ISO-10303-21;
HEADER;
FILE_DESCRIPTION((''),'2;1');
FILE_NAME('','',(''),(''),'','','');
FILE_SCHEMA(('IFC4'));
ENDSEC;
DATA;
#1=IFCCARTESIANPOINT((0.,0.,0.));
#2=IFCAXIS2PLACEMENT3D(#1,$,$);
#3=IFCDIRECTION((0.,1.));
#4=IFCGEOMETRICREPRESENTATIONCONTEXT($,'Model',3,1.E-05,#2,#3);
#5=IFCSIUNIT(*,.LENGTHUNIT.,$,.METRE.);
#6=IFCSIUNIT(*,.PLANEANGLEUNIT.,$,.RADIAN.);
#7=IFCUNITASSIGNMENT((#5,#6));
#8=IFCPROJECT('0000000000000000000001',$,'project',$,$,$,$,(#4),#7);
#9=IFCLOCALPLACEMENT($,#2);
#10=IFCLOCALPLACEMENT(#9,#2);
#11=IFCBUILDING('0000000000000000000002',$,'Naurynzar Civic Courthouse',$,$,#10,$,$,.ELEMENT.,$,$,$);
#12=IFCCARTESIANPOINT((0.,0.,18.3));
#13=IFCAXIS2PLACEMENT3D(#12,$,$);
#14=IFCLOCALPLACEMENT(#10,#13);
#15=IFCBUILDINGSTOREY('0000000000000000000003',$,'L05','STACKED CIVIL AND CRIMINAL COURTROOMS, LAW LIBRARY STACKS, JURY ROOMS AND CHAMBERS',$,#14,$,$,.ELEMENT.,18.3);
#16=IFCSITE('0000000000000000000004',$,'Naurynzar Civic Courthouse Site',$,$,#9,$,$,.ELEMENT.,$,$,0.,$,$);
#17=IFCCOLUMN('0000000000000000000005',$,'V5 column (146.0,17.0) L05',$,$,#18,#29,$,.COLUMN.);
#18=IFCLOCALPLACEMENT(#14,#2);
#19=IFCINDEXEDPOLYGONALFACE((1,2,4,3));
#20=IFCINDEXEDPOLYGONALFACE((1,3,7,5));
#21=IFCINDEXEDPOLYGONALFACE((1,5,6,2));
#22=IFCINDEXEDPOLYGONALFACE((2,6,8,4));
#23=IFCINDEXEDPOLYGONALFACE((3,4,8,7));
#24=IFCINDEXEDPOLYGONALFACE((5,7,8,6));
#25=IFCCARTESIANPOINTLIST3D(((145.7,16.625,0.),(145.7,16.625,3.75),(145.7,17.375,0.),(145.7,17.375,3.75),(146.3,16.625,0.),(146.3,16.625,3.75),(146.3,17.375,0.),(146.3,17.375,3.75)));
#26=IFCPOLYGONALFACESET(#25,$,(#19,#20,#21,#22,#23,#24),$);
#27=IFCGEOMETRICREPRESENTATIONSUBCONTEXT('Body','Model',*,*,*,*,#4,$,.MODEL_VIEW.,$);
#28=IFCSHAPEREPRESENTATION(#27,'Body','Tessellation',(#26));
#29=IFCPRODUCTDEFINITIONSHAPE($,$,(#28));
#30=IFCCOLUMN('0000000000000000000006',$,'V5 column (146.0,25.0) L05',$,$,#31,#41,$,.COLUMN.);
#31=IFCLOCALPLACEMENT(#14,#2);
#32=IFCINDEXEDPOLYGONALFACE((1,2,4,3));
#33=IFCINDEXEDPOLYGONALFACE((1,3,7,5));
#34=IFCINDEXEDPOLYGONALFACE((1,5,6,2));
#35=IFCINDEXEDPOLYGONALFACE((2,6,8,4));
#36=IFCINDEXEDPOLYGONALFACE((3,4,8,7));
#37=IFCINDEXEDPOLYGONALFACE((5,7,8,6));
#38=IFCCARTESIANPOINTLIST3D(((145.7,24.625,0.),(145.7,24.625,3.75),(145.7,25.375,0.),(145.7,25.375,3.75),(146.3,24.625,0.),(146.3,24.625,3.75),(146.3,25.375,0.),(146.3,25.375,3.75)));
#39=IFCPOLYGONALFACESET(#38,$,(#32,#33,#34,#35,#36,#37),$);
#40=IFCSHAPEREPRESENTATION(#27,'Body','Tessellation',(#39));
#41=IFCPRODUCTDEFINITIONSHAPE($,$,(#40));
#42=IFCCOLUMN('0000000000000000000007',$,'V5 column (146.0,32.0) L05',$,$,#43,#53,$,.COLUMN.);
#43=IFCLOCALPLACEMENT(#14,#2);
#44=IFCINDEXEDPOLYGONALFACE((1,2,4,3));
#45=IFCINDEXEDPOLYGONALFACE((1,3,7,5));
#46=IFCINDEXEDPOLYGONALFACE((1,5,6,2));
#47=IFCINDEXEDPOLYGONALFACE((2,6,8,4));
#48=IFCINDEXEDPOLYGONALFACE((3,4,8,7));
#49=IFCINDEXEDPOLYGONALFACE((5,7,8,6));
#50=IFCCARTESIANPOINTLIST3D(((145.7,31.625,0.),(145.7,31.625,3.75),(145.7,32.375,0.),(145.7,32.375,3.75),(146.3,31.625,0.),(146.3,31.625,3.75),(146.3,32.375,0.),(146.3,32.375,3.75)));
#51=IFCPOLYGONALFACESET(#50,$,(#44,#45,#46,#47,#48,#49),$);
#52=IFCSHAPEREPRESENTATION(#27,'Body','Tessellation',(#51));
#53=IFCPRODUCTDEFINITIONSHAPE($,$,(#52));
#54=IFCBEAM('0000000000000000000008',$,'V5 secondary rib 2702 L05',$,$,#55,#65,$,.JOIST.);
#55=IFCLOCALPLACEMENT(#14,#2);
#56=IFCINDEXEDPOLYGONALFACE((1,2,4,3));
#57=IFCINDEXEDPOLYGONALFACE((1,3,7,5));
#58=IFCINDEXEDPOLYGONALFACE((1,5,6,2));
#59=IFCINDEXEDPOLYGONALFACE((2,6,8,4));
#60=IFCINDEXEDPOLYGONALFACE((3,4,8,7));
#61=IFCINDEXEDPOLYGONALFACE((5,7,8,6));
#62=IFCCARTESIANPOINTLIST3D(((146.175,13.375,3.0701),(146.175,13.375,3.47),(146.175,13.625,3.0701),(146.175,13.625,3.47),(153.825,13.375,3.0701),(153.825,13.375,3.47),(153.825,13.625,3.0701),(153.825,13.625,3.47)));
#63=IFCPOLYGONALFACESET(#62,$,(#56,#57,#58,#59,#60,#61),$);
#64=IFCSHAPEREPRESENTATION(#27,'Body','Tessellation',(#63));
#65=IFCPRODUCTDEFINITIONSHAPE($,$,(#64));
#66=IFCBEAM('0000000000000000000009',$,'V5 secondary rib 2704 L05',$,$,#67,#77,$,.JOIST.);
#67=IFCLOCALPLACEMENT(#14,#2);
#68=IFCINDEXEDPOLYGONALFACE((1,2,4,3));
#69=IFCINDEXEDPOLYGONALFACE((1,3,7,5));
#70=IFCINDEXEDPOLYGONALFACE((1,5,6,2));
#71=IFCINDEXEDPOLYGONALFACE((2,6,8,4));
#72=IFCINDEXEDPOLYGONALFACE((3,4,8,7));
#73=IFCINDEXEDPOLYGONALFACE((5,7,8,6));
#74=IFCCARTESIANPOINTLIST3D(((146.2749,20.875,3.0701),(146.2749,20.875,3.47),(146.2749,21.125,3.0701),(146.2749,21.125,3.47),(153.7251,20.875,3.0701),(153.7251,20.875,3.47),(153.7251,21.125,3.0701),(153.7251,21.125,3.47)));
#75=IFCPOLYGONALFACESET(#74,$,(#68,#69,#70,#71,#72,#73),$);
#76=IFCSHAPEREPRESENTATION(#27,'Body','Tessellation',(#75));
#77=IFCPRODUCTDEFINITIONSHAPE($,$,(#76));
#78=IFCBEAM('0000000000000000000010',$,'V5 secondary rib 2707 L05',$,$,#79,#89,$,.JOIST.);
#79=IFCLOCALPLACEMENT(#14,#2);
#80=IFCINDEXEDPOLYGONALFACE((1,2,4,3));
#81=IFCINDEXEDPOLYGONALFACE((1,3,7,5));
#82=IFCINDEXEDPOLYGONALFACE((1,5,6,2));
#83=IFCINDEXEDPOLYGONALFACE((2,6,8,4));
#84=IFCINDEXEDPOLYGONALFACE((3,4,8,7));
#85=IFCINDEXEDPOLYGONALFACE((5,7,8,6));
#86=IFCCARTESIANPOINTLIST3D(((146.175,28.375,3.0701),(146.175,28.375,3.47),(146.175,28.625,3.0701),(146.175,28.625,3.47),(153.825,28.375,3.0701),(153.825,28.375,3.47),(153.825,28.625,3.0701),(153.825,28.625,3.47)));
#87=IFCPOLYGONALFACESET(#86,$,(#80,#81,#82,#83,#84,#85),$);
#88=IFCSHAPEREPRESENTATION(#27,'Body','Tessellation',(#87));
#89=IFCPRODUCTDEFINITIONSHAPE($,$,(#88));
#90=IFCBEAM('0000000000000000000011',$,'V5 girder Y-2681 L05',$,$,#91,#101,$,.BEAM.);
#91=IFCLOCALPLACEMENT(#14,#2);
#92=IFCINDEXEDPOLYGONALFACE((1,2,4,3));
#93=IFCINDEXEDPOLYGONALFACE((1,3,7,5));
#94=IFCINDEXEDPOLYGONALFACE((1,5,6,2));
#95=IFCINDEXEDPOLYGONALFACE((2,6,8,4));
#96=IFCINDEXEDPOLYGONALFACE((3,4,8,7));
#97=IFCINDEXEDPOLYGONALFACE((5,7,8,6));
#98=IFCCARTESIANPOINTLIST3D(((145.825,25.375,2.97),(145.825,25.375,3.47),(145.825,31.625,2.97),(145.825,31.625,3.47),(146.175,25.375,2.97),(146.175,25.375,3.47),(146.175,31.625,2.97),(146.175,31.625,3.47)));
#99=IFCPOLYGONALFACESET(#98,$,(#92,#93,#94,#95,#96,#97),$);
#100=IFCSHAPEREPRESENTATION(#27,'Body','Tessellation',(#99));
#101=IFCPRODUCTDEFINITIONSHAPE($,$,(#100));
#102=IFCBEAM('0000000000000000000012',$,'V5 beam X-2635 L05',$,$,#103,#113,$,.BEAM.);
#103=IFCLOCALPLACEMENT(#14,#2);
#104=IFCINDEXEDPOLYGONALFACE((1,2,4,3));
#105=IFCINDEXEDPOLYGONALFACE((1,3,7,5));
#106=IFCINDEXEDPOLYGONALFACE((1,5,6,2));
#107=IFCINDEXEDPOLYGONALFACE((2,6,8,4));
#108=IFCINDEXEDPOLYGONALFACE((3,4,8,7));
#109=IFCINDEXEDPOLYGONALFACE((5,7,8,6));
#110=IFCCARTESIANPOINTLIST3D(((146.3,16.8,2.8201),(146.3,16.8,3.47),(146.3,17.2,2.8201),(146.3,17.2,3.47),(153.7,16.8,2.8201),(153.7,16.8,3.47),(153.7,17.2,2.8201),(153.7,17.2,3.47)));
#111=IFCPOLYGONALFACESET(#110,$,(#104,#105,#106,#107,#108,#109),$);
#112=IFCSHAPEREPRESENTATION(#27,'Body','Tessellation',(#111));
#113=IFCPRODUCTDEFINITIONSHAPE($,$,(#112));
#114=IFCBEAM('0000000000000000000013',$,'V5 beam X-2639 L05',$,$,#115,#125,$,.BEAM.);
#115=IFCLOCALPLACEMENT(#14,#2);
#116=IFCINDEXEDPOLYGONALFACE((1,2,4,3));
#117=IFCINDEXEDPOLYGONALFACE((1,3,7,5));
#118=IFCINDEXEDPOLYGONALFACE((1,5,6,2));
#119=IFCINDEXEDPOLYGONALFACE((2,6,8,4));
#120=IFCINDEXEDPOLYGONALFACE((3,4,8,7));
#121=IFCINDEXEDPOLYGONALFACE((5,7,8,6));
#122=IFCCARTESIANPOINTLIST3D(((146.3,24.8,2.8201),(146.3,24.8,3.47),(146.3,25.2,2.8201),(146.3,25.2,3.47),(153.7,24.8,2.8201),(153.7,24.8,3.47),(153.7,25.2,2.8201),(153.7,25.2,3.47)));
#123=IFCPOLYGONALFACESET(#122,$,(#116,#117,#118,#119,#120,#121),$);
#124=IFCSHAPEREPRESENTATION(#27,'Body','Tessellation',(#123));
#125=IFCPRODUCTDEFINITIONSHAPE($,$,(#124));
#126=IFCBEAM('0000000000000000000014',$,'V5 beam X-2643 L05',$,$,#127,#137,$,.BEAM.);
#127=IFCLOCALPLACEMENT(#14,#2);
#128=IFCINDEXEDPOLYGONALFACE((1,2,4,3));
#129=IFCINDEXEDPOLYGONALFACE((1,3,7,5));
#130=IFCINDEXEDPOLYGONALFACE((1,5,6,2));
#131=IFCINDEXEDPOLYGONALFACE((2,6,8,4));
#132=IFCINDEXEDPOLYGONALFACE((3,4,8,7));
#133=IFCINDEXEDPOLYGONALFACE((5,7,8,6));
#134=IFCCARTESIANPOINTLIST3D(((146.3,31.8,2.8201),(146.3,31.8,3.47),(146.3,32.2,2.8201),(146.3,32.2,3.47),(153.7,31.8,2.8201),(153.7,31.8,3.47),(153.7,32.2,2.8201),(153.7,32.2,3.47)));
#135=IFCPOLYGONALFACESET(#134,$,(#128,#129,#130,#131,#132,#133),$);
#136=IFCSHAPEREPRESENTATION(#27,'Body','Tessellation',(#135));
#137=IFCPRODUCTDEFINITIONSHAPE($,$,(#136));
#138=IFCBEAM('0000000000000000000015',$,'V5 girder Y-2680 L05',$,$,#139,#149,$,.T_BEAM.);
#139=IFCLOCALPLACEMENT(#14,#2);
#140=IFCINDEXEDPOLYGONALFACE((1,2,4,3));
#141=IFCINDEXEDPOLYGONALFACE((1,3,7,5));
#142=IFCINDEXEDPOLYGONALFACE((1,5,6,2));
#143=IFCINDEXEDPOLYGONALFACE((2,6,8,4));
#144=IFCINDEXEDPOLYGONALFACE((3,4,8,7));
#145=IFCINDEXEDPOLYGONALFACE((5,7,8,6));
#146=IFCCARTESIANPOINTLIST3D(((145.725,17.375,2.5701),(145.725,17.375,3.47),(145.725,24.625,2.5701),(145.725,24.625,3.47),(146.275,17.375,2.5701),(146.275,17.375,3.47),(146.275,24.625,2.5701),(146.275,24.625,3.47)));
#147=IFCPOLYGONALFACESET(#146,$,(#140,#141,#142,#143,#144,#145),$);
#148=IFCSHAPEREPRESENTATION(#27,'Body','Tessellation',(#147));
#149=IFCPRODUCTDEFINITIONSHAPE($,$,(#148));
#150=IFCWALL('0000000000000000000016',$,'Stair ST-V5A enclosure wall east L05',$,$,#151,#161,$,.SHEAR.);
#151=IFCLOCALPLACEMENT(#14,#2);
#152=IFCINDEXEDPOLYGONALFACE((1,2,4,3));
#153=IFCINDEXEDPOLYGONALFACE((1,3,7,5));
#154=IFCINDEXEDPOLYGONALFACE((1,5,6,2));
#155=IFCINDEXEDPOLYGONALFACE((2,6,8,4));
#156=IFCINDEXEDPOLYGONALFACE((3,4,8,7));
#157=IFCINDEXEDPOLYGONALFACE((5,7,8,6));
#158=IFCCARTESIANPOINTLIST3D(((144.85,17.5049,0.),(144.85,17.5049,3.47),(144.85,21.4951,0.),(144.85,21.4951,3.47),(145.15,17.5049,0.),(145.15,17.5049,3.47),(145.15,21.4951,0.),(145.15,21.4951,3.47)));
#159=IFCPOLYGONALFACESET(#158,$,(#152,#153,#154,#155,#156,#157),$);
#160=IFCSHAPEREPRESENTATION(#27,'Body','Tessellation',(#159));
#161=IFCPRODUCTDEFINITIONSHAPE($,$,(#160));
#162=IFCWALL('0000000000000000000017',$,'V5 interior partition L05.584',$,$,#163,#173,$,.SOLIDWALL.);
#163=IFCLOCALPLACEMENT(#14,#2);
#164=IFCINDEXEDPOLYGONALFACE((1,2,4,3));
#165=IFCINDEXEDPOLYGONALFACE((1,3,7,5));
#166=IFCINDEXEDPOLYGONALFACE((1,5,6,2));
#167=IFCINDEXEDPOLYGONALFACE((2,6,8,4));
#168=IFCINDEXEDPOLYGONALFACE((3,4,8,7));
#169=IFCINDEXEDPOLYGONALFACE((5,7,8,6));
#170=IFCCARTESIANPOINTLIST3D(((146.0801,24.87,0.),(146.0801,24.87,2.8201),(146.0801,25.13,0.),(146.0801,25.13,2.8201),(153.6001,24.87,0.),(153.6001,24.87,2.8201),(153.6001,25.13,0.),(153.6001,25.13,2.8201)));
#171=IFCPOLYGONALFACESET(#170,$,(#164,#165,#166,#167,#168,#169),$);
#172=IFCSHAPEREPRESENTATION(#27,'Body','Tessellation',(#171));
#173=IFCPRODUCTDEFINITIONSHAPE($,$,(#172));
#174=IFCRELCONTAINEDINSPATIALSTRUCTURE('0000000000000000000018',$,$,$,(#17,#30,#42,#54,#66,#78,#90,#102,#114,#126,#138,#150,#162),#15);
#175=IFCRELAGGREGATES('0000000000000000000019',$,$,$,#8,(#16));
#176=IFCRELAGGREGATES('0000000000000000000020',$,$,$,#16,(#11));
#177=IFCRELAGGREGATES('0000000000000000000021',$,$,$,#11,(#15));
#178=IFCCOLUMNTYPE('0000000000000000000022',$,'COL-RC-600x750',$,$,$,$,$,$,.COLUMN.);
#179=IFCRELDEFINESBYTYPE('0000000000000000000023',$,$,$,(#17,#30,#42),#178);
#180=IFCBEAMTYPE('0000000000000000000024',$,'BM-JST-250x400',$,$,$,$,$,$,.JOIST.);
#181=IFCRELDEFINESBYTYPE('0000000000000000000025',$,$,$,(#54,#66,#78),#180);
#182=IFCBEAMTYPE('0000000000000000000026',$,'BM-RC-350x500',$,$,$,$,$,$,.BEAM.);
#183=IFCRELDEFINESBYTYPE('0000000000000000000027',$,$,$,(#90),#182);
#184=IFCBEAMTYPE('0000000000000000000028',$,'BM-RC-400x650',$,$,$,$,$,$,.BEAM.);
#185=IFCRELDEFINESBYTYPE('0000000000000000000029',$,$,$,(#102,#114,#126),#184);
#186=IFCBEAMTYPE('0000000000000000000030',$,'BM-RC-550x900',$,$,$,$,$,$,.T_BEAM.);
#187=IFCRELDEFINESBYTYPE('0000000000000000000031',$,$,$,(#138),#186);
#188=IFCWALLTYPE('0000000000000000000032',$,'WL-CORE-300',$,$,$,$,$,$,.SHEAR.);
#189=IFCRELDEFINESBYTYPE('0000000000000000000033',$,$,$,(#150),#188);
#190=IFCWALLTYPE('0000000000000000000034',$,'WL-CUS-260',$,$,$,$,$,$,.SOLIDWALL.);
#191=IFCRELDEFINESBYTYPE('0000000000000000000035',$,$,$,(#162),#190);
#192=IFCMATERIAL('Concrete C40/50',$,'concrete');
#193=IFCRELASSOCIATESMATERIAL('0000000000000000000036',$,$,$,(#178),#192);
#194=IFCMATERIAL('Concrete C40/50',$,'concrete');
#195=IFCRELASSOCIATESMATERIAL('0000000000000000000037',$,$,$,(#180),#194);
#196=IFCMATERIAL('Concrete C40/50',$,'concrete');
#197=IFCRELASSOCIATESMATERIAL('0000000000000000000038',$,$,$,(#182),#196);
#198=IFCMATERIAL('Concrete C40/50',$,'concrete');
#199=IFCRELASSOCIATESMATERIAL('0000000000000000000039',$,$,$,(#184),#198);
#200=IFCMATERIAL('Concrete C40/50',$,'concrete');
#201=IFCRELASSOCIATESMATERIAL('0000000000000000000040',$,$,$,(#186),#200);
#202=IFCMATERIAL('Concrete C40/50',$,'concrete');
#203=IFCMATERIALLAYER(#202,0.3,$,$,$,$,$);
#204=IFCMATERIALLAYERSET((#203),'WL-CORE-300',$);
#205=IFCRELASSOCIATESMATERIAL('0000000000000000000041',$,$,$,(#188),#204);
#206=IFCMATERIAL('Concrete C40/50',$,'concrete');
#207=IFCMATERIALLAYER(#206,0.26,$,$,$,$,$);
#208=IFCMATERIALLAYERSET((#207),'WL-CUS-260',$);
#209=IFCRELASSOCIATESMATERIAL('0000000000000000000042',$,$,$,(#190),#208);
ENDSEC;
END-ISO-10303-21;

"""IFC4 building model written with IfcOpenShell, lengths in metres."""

from ifc_helpers import new_model, si_unit, direction, frame, frame_2d, origin, origin_2d, place, context, subcontext, project, spatial, rectangle, extrude, material, layer, layer_set, material_profile, profile_set, type_object, element, save


model = new_model("IFC4")

# Units and contexts
model_context = context("Model", 3, precision=1e-05, world=origin(), true_north=direction((0.0, 1.0)))
body_context = subcontext(model_context, "Body", "Model", "MODEL_VIEW")
ifc_project = project(units=[si_unit("LENGTHUNIT", "METRE"), si_unit("PLANEANGLEUNIT", "RADIAN")], contexts=[model_context])

# Site, building, storey
site_placement = place(None, origin())
site = spatial("IfcSite", under=ifc_project, at=site_placement, Name="Naurynzar Civic Courthouse Site", CompositionType="ELEMENT", RefElevation=0.0)
building_placement = place(site_placement, origin())
building = spatial("IfcBuilding", under=site, at=building_placement, Name="Naurynzar Civic Courthouse", CompositionType="ELEMENT")
storey_placement = place(building_placement, frame((0.0, 0.0, 18.3)))
storey = spatial("IfcBuildingStorey", under=building, at=storey_placement, Name="L05", Description="STACKED CIVIL AND CRIMINAL COURTROOMS, LAW LIBRARY STACKS, JURY ROOMS AND CHAMBERS", CompositionType="ELEMENT", Elevation=18.3)

# Columns
ifc_material_1 = material(Name="Concrete C40/50", Category="concrete")
ifc_material_profile_1 = material_profile(ifc_material_1, rectangle(XDim=0.6001, YDim=0.75, at=origin_2d()), Name="RC 600x750")
ifc_profile_set_1 = profile_set([ifc_material_profile_1], Name="Concrete C40/50")
column_type = type_object("IfcColumnType", Name="COL-RC-600x750", PredefinedType="COLUMN", material=ifc_profile_set_1)
for number, where, z_axis, x_axis, name in (
    (1, (146.0, 17.0, 0.0), (0.0, 0.0, 1.0), (1.0, 0.0, 0.0), "V5 column (146.0,17.0) L05"),
    (2, (146.0, 25.0, 0.0), (0.0, 0.0, 1.0), (1.0, 0.0, 0.0), "V5 column (146.0,25.0) L05"),
    (3, (146.0, 32.0, 0.0), (0.0, 0.0, 1.0), (1.0, 0.0, 0.0), "V5 column (146.0,32.0) L05"),
):
    element("IfcColumn", number, at=place(storey_placement, frame(where, z_axis=z_axis, x_axis=x_axis)), inside=storey, type_object=column_type, Name=name, PredefinedType="COLUMN", context=body_context, shape_type="SweptSolid", body=[
        extrude(rectangle(XDim=0.6001, YDim=0.75, at=origin_2d()), origin(), (0.0, 0.0, 1.0), 3.75),
    ])

# Beams
ifc_material_2 = material(Name="Concrete C40/50", Category="concrete")
ifc_material_profile_2 = material_profile(ifc_material_2, rectangle(XDim=0.25, YDim=0.3999, at=origin_2d()), Name="RCB 250x400")
ifc_profile_set_2 = profile_set([ifc_material_profile_2], Name="Concrete C40/50")
beam_type_1 = type_object("IfcBeamType", Name="BM-JST-250x400", PredefinedType="JOIST", material=ifc_profile_set_2)
beam_1_placement = place(storey_placement, frame((146.175, 13.5, 3.27), z_axis=(1.0, 0.0, 0.0), x_axis=(0.0, 1.0, 0.0)))
element("IfcBeam", 4, at=beam_1_placement, inside=storey, type_object=beam_type_1, Name="V5 secondary rib 2702 L05", PredefinedType="JOIST", context=body_context, shape_type="SweptSolid", body=[
    extrude(rectangle(XDim=0.25, YDim=0.3999, at=origin_2d()), origin(), (0.0, 0.0, 1.0), 7.6499),
])
beam_2_placement = place(storey_placement, frame((146.2749, 21.0, 3.27), z_axis=(1.0, 0.0, 0.0), x_axis=(0.0, 1.0, 0.0)))
element("IfcBeam", 5, at=beam_2_placement, inside=storey, type_object=beam_type_1, Name="V5 secondary rib 2704 L05", PredefinedType="JOIST", context=body_context, shape_type="SweptSolid", body=[
    extrude(rectangle(XDim=0.25, YDim=0.3999, at=origin_2d()), origin(), (0.0, 0.0, 1.0), 7.4502),
])
beam_3_placement = place(storey_placement, frame((146.175, 28.5, 3.27), z_axis=(1.0, 0.0, 0.0), x_axis=(0.0, 1.0, 0.0)))
element("IfcBeam", 6, at=beam_3_placement, inside=storey, type_object=beam_type_1, Name="V5 secondary rib 2707 L05", PredefinedType="JOIST", context=body_context, shape_type="SweptSolid", body=[
    extrude(rectangle(XDim=0.25, YDim=0.3999, at=origin_2d()), origin(), (0.0, 0.0, 1.0), 7.6499),
])
ifc_material_3 = material(Name="Concrete C40/50", Category="concrete")
ifc_material_profile_3 = material_profile(ifc_material_3, rectangle(XDim=0.3501, YDim=0.5, at=origin_2d()), Name="RCB 350x500")
ifc_profile_set_3 = profile_set([ifc_material_profile_3], Name="Concrete C40/50")
beam_type_2 = type_object("IfcBeamType", Name="BM-RC-350x500", PredefinedType="BEAM", material=ifc_profile_set_3)
beam_4_placement = place(storey_placement, frame((146.0, 25.375, 3.22), z_axis=(0.0, 1.0, 0.0), x_axis=(-1.0, 0.0, 0.0)))
element("IfcBeam", 7, at=beam_4_placement, inside=storey, type_object=beam_type_2, Name="V5 girder Y-2681 L05", PredefinedType="BEAM", context=body_context, shape_type="SweptSolid", body=[
    extrude(rectangle(XDim=0.3501, YDim=0.5, at=origin_2d()), origin(), (0.0, 0.0, 1.0), 6.25),
])
ifc_material_4 = material(Name="Concrete C40/50", Category="concrete")
ifc_material_profile_4 = material_profile(ifc_material_4, rectangle(XDim=0.3999, YDim=0.6499, at=origin_2d()), Name="RCB 400x650")
ifc_profile_set_4 = profile_set([ifc_material_profile_4], Name="Concrete C40/50")
beam_type_3 = type_object("IfcBeamType", Name="BM-RC-400x650", PredefinedType="BEAM", material=ifc_profile_set_4)
for number, where, z_axis, x_axis, name in (
    (8, (146.3, 17.0, 3.145), (1.0, 0.0, 0.0), (0.0, 1.0, 0.0), "V5 beam X-2635 L05"),
    (9, (146.3, 25.0, 3.145), (1.0, 0.0, 0.0), (0.0, 1.0, 0.0), "V5 beam X-2639 L05"),
    (10, (146.3, 32.0, 3.145), (1.0, 0.0, 0.0), (0.0, 1.0, 0.0), "V5 beam X-2643 L05"),
):
    element("IfcBeam", number, at=place(storey_placement, frame(where, z_axis=z_axis, x_axis=x_axis)), inside=storey, type_object=beam_type_3, Name=name, PredefinedType="BEAM", context=body_context, shape_type="SweptSolid", body=[
        extrude(rectangle(XDim=0.3999, YDim=0.6499, at=origin_2d()), origin(), (0.0, 0.0, 1.0), 7.3999),
    ])
ifc_material_5 = material(Name="Concrete C40/50", Category="concrete")
ifc_material_profile_5 = material_profile(ifc_material_5, rectangle(XDim=0.55, YDim=0.8999, at=origin_2d()), Name="RCB 550x900")
ifc_profile_set_5 = profile_set([ifc_material_profile_5], Name="Concrete C40/50")
beam_type_4 = type_object("IfcBeamType", Name="BM-RC-550x900", PredefinedType="T_BEAM", material=ifc_profile_set_5)
beam_5_placement = place(storey_placement, frame((146.0, 17.375, 3.02), z_axis=(0.0, 1.0, 0.0), x_axis=(-1.0, 0.0, 0.0)))
element("IfcBeam", 11, at=beam_5_placement, inside=storey, type_object=beam_type_4, Name="V5 girder Y-2680 L05", PredefinedType="T_BEAM", context=body_context, shape_type="SweptSolid", body=[
    extrude(rectangle(XDim=0.55, YDim=0.8999, at=origin_2d()), origin(), (0.0, 0.0, 1.0), 7.25),
])

# Shared definitions
ifc_material_6 = material(Name="Concrete C40/50", Category="concrete")
ifc_layer_1 = layer(ifc_material_6, 0.3)
ifc_layer_set_1 = layer_set([ifc_layer_1], Name="WL-CORE-300")
wall_type_1 = type_object("IfcWallType", Name="WL-CORE-300", PredefinedType="SHEAR", material=ifc_layer_set_1)

# Walls
wall_1_placement = place(storey_placement, frame((145.0, 17.5049, 0.0), z_axis=(0.0, 0.0, 1.0), x_axis=(0.0, 1.0, 0.0)))
element("IfcWall", 12, at=wall_1_placement, inside=storey, type_object=wall_type_1, Name="Stair ST-V5A enclosure wall east L05", PredefinedType="SHEAR", context=body_context, shape_type="SweptSolid", body=[
    extrude(rectangle(XDim=3.9902, YDim=0.3, at=frame_2d((1.9951, 0.0))), origin(), (0.0, 0.0, 1.0), 3.47),
])
ifc_material_7 = material(Name="Concrete C40/50", Category="concrete")
ifc_layer_2 = layer(ifc_material_7, 0.26)
ifc_layer_set_2 = layer_set([ifc_layer_2], Name="WL-CUS-260")
wall_type_2 = type_object("IfcWallType", Name="WL-CUS-260", PredefinedType="SOLIDWALL", material=ifc_layer_set_2)
wall_2_placement = place(storey_placement, frame((146.0801, 25.0, 0.0), z_axis=(0.0, 0.0, 1.0), x_axis=(1.0, 0.0, 0.0)))
element("IfcWall", 13, at=wall_2_placement, inside=storey, type_object=wall_type_2, Name="V5 interior partition L05.584", PredefinedType="SOLIDWALL", context=body_context, shape_type="SweptSolid", body=[
    extrude(rectangle(XDim=7.52, YDim=0.26, at=frame_2d((3.76, 0.0))), origin(), (0.0, 0.0, 1.0), 2.8201),
])

save(model, "model.ifc")
